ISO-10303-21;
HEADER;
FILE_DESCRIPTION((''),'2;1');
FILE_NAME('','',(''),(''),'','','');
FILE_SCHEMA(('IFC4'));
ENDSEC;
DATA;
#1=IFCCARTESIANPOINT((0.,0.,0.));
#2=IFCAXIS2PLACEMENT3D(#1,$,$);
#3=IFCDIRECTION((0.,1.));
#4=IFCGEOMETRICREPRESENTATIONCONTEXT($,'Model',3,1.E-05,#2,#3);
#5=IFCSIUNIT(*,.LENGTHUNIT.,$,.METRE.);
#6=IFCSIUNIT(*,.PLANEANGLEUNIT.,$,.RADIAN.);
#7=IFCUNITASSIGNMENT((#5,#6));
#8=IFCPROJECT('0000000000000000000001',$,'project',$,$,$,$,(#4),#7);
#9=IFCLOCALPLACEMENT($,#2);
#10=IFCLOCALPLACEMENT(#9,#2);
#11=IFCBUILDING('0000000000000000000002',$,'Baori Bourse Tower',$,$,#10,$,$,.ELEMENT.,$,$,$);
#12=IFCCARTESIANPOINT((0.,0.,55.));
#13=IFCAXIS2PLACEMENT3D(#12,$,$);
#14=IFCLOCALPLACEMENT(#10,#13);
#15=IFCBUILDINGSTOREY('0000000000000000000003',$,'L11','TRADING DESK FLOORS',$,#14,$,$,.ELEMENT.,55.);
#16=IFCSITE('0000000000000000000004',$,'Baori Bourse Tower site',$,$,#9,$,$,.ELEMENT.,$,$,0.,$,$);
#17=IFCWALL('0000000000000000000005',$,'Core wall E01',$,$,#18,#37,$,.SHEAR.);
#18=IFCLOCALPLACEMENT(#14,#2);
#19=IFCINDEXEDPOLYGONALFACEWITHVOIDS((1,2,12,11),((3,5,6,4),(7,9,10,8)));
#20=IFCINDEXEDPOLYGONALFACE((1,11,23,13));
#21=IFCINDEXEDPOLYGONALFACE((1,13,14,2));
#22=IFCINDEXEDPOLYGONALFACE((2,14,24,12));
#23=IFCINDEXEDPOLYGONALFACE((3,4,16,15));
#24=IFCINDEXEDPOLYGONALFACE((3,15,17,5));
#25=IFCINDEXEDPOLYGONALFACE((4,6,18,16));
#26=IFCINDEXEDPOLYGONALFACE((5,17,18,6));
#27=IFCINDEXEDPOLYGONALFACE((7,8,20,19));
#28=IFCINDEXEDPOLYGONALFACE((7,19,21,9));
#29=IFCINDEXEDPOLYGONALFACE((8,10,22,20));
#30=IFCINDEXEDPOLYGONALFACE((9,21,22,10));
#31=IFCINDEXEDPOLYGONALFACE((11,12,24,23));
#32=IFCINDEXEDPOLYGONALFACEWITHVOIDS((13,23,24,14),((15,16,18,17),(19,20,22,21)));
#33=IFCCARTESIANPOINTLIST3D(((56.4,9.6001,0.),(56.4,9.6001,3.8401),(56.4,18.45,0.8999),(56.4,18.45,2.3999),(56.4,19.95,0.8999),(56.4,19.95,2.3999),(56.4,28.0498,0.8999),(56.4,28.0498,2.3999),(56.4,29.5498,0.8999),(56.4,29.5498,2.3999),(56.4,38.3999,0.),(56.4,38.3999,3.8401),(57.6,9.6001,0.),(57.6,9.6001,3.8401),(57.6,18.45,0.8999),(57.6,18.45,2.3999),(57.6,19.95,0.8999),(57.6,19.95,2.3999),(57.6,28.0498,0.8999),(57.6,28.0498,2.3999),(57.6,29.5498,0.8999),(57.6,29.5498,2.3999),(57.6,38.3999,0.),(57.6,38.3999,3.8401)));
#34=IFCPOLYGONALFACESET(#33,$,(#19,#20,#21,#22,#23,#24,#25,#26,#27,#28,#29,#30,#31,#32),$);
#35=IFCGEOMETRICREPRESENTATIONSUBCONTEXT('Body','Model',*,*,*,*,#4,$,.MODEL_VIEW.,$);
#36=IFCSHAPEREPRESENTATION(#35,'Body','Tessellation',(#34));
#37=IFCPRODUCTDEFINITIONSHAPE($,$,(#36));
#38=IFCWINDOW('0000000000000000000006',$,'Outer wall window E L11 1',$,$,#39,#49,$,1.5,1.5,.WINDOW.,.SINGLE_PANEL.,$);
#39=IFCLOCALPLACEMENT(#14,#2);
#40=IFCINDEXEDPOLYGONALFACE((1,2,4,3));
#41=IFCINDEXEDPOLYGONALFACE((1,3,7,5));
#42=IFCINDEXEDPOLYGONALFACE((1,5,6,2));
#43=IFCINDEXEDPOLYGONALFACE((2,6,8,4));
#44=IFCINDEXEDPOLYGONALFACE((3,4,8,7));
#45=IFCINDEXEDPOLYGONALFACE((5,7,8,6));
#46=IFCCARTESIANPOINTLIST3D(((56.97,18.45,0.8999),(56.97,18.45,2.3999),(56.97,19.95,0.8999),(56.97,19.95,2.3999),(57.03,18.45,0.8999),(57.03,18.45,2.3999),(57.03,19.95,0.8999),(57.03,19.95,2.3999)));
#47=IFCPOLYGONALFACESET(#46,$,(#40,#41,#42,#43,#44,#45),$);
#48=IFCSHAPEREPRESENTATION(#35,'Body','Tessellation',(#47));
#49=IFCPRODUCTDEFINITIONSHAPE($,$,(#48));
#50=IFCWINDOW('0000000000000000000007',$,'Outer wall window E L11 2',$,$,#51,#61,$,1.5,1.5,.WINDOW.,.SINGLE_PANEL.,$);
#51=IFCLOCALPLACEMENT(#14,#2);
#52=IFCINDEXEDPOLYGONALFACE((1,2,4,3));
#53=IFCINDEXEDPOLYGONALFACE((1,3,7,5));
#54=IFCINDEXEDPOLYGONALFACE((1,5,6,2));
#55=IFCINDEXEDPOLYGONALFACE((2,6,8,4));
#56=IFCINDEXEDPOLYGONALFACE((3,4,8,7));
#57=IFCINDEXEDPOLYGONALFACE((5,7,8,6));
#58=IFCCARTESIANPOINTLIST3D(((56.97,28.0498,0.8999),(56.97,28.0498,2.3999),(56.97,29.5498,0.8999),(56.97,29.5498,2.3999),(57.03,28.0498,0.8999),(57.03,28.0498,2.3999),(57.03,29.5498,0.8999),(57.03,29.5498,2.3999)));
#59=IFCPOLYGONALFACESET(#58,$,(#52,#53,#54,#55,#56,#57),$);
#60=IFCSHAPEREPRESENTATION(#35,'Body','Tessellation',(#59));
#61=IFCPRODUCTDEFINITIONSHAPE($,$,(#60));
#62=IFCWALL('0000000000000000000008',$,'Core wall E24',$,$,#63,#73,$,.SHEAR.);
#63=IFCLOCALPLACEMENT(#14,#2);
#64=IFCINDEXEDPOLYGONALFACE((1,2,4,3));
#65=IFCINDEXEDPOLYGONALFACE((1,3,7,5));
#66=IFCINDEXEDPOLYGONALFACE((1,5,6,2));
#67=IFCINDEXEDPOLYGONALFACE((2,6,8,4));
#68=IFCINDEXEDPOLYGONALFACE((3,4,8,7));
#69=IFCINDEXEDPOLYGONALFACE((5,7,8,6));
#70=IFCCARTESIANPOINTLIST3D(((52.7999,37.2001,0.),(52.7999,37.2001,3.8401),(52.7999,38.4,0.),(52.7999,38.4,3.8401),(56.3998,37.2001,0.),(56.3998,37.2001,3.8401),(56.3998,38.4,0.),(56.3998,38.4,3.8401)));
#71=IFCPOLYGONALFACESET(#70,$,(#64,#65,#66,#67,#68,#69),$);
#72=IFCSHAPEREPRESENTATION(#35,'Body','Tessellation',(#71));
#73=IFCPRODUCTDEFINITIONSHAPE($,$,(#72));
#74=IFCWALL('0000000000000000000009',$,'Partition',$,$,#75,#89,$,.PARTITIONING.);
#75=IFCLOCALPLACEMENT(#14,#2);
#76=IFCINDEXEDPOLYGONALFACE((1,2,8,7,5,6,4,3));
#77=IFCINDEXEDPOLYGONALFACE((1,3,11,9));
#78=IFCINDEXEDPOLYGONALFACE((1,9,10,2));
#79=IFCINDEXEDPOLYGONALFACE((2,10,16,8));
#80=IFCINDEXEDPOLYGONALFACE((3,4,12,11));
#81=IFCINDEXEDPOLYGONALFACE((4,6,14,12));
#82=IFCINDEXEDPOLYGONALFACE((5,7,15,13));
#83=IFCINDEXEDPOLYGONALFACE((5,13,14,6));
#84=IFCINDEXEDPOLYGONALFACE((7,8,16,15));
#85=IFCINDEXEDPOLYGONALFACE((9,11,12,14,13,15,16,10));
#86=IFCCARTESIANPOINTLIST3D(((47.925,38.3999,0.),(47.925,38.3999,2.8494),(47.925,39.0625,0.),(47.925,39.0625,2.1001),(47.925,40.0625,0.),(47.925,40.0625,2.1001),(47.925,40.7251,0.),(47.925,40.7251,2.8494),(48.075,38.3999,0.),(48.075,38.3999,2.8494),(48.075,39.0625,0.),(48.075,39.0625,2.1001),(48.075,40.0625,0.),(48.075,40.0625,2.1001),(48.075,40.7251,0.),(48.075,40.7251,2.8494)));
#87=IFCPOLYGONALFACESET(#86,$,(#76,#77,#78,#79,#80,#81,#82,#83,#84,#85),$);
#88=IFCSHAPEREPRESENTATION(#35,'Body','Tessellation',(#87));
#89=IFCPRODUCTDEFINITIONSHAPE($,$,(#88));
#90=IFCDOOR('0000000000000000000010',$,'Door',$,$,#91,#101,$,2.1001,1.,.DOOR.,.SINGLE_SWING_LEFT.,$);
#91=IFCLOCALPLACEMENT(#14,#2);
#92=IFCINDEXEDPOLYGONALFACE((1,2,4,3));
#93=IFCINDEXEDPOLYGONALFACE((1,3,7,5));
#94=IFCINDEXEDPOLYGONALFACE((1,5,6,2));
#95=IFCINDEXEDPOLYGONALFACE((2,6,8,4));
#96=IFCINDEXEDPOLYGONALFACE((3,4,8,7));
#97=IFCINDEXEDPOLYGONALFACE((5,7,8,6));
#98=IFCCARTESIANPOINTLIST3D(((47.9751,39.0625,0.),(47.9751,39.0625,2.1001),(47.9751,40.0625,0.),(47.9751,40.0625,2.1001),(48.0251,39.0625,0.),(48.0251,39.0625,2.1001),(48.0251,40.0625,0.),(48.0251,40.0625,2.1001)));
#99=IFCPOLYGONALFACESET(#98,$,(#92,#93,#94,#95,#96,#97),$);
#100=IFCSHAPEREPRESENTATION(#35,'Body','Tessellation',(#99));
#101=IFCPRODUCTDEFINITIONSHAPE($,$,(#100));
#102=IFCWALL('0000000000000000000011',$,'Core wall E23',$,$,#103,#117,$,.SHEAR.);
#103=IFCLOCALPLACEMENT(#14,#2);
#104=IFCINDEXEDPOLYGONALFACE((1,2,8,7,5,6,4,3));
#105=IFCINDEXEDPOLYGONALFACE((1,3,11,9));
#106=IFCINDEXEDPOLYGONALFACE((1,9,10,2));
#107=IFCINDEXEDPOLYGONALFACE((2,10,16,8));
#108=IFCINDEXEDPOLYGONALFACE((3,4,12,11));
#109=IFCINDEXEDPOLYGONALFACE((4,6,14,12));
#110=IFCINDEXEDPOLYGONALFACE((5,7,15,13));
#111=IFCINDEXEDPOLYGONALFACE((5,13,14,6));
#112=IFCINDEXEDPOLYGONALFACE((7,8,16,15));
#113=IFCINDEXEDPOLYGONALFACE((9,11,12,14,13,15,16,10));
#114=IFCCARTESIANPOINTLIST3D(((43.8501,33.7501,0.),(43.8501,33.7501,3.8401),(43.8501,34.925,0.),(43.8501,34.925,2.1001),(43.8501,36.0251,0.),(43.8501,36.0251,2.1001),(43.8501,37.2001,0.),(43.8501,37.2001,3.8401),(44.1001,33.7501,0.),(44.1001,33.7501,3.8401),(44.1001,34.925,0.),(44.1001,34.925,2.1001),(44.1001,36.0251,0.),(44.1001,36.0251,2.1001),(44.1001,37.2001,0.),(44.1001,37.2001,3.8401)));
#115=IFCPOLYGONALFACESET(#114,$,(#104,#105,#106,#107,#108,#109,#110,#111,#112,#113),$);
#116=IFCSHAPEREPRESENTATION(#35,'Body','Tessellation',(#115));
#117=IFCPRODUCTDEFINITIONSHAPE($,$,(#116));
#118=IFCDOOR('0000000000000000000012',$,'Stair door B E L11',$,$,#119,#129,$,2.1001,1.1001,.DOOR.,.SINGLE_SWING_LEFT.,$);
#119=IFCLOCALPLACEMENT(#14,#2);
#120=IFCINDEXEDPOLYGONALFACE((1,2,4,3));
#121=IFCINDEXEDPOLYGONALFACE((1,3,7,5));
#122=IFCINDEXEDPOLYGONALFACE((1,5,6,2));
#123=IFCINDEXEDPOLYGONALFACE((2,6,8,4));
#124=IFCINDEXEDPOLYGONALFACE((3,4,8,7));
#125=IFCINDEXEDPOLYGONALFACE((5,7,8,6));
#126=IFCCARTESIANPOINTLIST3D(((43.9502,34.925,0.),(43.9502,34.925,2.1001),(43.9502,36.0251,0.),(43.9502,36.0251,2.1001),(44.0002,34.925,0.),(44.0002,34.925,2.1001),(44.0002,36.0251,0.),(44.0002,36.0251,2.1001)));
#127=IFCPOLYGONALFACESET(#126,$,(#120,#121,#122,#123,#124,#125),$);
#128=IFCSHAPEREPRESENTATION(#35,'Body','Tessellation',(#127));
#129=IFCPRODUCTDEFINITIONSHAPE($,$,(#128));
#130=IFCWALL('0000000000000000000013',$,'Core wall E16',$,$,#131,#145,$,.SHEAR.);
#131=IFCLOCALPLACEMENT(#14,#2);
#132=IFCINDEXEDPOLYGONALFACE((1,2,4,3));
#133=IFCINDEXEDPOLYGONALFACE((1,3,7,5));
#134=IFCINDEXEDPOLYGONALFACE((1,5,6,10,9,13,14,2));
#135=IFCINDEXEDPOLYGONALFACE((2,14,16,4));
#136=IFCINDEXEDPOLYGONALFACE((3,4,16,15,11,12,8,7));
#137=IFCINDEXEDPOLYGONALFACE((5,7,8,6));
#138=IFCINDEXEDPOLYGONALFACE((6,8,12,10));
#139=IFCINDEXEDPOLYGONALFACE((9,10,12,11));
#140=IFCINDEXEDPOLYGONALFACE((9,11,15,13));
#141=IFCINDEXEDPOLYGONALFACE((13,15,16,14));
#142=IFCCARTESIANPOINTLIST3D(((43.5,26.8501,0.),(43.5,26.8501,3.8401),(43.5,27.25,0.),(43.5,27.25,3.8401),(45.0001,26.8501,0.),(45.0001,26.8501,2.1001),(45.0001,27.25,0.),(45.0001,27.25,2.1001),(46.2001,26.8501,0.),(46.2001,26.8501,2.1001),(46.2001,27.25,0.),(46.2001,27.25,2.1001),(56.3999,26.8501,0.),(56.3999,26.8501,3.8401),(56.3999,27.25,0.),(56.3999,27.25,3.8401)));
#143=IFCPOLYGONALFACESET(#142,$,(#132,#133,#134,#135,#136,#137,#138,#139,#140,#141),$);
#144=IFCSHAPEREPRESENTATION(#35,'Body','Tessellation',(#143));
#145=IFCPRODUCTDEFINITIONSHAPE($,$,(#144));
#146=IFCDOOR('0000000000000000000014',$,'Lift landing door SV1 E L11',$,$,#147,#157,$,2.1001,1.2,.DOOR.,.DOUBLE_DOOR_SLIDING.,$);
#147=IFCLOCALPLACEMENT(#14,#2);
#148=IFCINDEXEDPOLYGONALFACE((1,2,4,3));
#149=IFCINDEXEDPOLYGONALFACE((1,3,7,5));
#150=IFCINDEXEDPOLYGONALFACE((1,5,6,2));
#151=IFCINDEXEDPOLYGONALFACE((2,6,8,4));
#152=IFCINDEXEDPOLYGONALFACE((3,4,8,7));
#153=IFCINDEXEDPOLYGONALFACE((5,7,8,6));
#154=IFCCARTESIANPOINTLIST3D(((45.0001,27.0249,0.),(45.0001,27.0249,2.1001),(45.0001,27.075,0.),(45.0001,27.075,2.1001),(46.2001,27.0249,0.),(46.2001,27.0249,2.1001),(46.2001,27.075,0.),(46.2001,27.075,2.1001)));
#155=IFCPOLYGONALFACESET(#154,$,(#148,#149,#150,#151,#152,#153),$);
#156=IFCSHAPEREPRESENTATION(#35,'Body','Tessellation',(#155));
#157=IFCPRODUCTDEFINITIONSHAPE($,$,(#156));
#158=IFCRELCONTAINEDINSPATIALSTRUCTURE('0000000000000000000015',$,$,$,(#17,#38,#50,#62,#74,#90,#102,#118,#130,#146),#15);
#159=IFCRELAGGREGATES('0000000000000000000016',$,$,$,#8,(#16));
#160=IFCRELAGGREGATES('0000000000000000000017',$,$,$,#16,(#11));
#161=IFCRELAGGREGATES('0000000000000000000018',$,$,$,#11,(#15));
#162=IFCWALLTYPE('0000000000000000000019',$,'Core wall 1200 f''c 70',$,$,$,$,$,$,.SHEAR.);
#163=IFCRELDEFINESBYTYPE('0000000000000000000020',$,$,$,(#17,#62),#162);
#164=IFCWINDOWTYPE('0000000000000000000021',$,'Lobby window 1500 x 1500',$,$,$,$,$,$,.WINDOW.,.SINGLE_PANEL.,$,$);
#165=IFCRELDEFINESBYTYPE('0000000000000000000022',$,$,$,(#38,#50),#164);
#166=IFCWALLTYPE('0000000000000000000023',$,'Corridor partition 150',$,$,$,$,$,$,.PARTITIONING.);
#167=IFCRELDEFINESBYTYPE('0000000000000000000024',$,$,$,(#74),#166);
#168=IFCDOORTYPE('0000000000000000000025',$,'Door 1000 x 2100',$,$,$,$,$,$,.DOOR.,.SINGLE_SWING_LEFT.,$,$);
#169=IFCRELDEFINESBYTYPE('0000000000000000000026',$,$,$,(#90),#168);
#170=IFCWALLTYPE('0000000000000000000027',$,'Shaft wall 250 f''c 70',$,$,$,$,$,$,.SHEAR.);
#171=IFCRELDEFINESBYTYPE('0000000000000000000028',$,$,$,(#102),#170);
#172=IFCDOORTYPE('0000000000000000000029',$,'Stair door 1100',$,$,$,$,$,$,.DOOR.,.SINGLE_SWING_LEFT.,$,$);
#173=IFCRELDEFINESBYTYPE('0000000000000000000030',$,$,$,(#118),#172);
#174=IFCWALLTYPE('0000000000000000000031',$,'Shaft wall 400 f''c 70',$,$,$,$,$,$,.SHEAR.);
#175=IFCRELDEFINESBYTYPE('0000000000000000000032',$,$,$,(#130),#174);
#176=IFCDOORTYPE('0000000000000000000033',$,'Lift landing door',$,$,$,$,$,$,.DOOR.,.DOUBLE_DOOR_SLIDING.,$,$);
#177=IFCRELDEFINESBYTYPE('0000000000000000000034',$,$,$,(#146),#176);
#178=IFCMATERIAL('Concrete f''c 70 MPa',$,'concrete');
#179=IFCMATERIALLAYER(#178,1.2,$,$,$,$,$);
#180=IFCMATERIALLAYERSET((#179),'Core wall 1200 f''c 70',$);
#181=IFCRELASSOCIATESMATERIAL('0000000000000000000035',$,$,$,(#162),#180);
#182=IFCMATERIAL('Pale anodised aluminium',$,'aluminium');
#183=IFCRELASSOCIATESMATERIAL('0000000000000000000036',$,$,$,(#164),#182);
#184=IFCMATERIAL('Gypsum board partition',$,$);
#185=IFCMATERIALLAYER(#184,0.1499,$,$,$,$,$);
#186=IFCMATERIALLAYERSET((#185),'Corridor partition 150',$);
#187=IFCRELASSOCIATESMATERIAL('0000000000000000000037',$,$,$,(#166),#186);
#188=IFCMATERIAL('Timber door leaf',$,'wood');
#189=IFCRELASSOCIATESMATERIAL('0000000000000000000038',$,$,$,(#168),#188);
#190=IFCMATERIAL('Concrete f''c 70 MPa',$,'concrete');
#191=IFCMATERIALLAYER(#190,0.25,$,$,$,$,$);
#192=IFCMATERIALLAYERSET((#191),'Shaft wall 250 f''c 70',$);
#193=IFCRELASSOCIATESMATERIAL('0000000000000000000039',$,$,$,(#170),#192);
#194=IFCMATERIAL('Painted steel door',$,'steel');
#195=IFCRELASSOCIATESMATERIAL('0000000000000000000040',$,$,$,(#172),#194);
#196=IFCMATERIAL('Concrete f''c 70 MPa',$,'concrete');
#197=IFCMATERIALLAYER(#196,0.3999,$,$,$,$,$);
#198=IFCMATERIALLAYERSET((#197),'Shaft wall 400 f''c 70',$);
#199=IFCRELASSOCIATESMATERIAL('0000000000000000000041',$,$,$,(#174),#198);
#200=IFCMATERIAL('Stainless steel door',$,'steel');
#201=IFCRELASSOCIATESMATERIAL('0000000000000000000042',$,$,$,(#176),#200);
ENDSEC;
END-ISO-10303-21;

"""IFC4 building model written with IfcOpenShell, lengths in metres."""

from ifc_helpers import new_model, si_unit, direction, frame, frame_2d, origin, place, context, subcontext, project, spatial, rectangle, extrude, material, layer, layer_set, type_object, element, fill, save


model = new_model("IFC4")

# Units and contexts
model_context = context("Model", 3, precision=1e-05, world=origin(), true_north=direction((0.0, 1.0)))
body_context = subcontext(model_context, "Body", "Model", "MODEL_VIEW")
ifc_project = project(units=[si_unit("LENGTHUNIT", "METRE"), si_unit("PLANEANGLEUNIT", "RADIAN")], contexts=[model_context])

# Site, building, storey
site_placement = place(None, origin())
site = spatial("IfcSite", under=ifc_project, at=site_placement, Name="Baori Bourse Tower site", CompositionType="ELEMENT", RefElevation=0.0)
building_placement = place(site_placement, origin())
building = spatial("IfcBuilding", under=site, at=building_placement, Name="Baori Bourse Tower", CompositionType="ELEMENT")
storey_placement = place(building_placement, frame((0.0, 0.0, 55.0)))
storey = spatial("IfcBuildingStorey", under=building, at=storey_placement, Name="L11", Description="TRADING DESK FLOORS", CompositionType="ELEMENT", Elevation=55.0)

# Wall, openings, windows
ifc_material_1 = material(Name="Concrete f'c 70 MPa", Category="concrete")
ifc_layer_1 = layer(ifc_material_1, 1.2)
ifc_layer_set_1 = layer_set([ifc_layer_1], Name="Core wall 1200 f'c 70")
wall_type_1 = type_object("IfcWallType", Name="Core wall 1200 f'c 70", PredefinedType="SHEAR", material=ifc_layer_set_1)
wall_1_placement = place(storey_placement, frame((57.0, 38.3999, 0.0), z_axis=(0.0, 0.0, 1.0), x_axis=(0.0, -1.0, 0.0)))
wall_1 = element("IfcWall", 1, at=wall_1_placement, inside=storey, type_object=wall_type_1, Name="Core wall E01", PredefinedType="SHEAR", context=body_context, shape_type="SweptSolid", body=[
    extrude(rectangle(XDim=28.7998, YDim=1.2, at=frame_2d((14.3999, 0.0))), origin(), (0.0, 0.0, 1.0), 3.8401),
])
opening_1_placement = place(wall_1_placement, frame((18.45, 0.0, 0.8999)))
opening_1 = element("IfcOpeningElement", 2, at=opening_1_placement, cuts=wall_1, PredefinedType="OPENING", context=body_context, shape_type="SweptSolid", body=[
    extrude(rectangle(XDim=1.5, YDim=1.5, at=frame_2d((0.75, 0.75))), frame((0.0, 0.6099, 0.0), z_axis=(0.0, -1.0, 0.0), x_axis=(1.0, 0.0, 0.0)), (0.0, 0.0, 1.0), 1.22),
])
opening_2_placement = place(wall_1_placement, frame((8.8501, 0.0, 0.8999)))
opening_2 = element("IfcOpeningElement", 3, at=opening_2_placement, cuts=wall_1, PredefinedType="OPENING", context=body_context, shape_type="SweptSolid", body=[
    extrude(rectangle(XDim=1.5, YDim=1.5, at=frame_2d((0.75, 0.75))), frame((0.0, 0.6099, 0.0), z_axis=(0.0, -1.0, 0.0), x_axis=(1.0, 0.0, 0.0)), (0.0, 0.0, 1.0), 1.22),
])
ifc_material_2 = material(Name="Pale anodised aluminium", Category="aluminium")
window_type = type_object("IfcWindowType", Name="Lobby window 1500 x 1500", PartitioningType="SINGLE_PANEL", PredefinedType="WINDOW", material=ifc_material_2)
window_1_placement = place(opening_1_placement, origin())
window_1 = element("IfcWindow", 4, at=window_1_placement, inside=storey, type_object=window_type, Name="Outer wall window E L11 1", OverallHeight=1.5, OverallWidth=1.5, PartitioningType="SINGLE_PANEL", PredefinedType="WINDOW", context=body_context, shape_type="SweptSolid", body=[
    extrude(rectangle(XDim=1.5, YDim=1.5, at=frame_2d((0.75, 0.75))), frame((0.0, 0.03, 0.0), z_axis=(0.0, -1.0, 0.0), x_axis=(1.0, 0.0, 0.0)), (0.0, 0.0, 1.0), 0.0601),
])
fill(opening_1, window_1)
window_2_placement = place(opening_2_placement, origin())
window_2 = element("IfcWindow", 5, at=window_2_placement, inside=storey, type_object=window_type, Name="Outer wall window E L11 2", OverallHeight=1.5, OverallWidth=1.5, PartitioningType="SINGLE_PANEL", PredefinedType="WINDOW", context=body_context, shape_type="SweptSolid", body=[
    extrude(rectangle(XDim=1.5, YDim=1.5, at=frame_2d((0.75, 0.75))), frame((0.0, 0.03, 0.0), z_axis=(0.0, -1.0, 0.0), x_axis=(1.0, 0.0, 0.0)), (0.0, 0.0, 1.0), 0.0601),
])
fill(opening_2, window_2)

# Wall
wall_2_placement = place(storey_placement, frame((52.8, 37.8, 0.0), z_axis=(0.0, 0.0, 1.0), x_axis=(1.0, 0.0, 0.0)))
element("IfcWall", 6, at=wall_2_placement, inside=storey, type_object=wall_type_1, Name="Core wall E24", PredefinedType="SHEAR", context=body_context, shape_type="SweptSolid", body=[
    extrude(rectangle(XDim=3.5999, YDim=1.2, at=frame_2d((1.7998, 0.0))), origin(), (0.0, 0.0, 1.0), 3.8401),
])

# Walls, openings, doors
ifc_material_3 = material(Name="Gypsum board partition")
ifc_layer_2 = layer(ifc_material_3, 0.1499)
ifc_layer_set_2 = layer_set([ifc_layer_2], Name="Corridor partition 150")
wall_type_2 = type_object("IfcWallType", Name="Corridor partition 150", PredefinedType="PARTITIONING", material=ifc_layer_set_2)
wall_3_placement = place(storey_placement, frame((48.0, 38.3999, 0.0), z_axis=(0.0, 0.0, 1.0), x_axis=(0.0, 1.0, 0.0)))
wall_3 = element("IfcWall", 7, at=wall_3_placement, inside=storey, type_object=wall_type_2, Name="Partition", PredefinedType="PARTITIONING", context=body_context, shape_type="SweptSolid", body=[
    extrude(rectangle(XDim=2.3252, YDim=0.1499, at=frame_2d((1.1626, 0.0))), origin(), (0.0, 0.0, 1.0), 2.8494),
])
opening_3_placement = place(wall_3_placement, frame((0.6626, 0.0, 0.0)))
opening_3 = element("IfcOpeningElement", 8, at=opening_3_placement, cuts=wall_3, PredefinedType="OPENING", context=body_context, shape_type="SweptSolid", body=[
    extrude(rectangle(XDim=1.0, YDim=2.1001, at=frame_2d((0.5, 1.05))), frame((0.0, 0.085, 0.0), z_axis=(0.0, -1.0, 0.0), x_axis=(1.0, 0.0, 0.0)), (0.0, 0.0, 1.0), 0.1699),
])
ifc_material_4 = material(Name="Timber door leaf", Category="wood")
door_type_1 = type_object("IfcDoorType", Name="Door 1000 x 2100", OperationType="SINGLE_SWING_LEFT", PredefinedType="DOOR", material=ifc_material_4)
door_1_placement = place(opening_3_placement, origin())
door_1 = element("IfcDoor", 9, at=door_1_placement, inside=storey, type_object=door_type_1, Name="Door", OperationType="SINGLE_SWING_LEFT", OverallHeight=2.1001, OverallWidth=1.0, PredefinedType="DOOR", context=body_context, shape_type="SweptSolid", body=[
    extrude(rectangle(XDim=1.0, YDim=2.1001, at=frame_2d((0.5, 1.05))), frame((0.0, 0.0249, 0.0), z_axis=(0.0, -1.0, 0.0), x_axis=(1.0, 0.0, 0.0)), (0.0, 0.0, 1.0), 0.05),
])
fill(opening_3, door_1)
ifc_material_5 = material(Name="Concrete f'c 70 MPa", Category="concrete")
ifc_layer_3 = layer(ifc_material_5, 0.25)
ifc_layer_set_3 = layer_set([ifc_layer_3], Name="Shaft wall 250 f'c 70")
wall_type_3 = type_object("IfcWallType", Name="Shaft wall 250 f'c 70", PredefinedType="SHEAR", material=ifc_layer_set_3)
wall_4_placement = place(storey_placement, frame((43.9751, 33.75, 0.0), z_axis=(0.0, 0.0, 1.0), x_axis=(0.0, 1.0, 0.0)))
wall_4 = element("IfcWall", 10, at=wall_4_placement, inside=storey, type_object=wall_type_3, Name="Core wall E23", PredefinedType="SHEAR", context=body_context, shape_type="SweptSolid", body=[
    extrude(rectangle(XDim=3.45, YDim=0.25, at=frame_2d((1.7251, 0.0))), origin(), (0.0, 0.0, 1.0), 3.8401),
])
opening_4_placement = place(wall_4_placement, frame((1.175, 0.0, 0.0)))
opening_4 = element("IfcOpeningElement", 11, at=opening_4_placement, cuts=wall_4, PredefinedType="OPENING", context=body_context, shape_type="SweptSolid", body=[
    extrude(rectangle(XDim=1.1001, YDim=2.1001, at=frame_2d((0.55, 1.05))), frame((0.0, 0.135, 0.0), z_axis=(0.0, -1.0, 0.0), x_axis=(1.0, 0.0, 0.0)), (0.0, 0.0, 1.0), 0.27),
])
ifc_material_6 = material(Name="Painted steel door", Category="steel")
door_type_2 = type_object("IfcDoorType", Name="Stair door 1100", OperationType="SINGLE_SWING_LEFT", PredefinedType="DOOR", material=ifc_material_6)
door_2_placement = place(opening_4_placement, origin())
door_2 = element("IfcDoor", 12, at=door_2_placement, inside=storey, type_object=door_type_2, Name="Stair door B E L11", OperationType="SINGLE_SWING_LEFT", OverallHeight=2.1001, OverallWidth=1.1001, PredefinedType="DOOR", context=body_context, shape_type="SweptSolid", body=[
    extrude(rectangle(XDim=1.1001, YDim=2.1001, at=frame_2d((0.55, 1.05))), frame((0.0, 0.0249, 0.0), z_axis=(0.0, -1.0, 0.0), x_axis=(1.0, 0.0, 0.0)), (0.0, 0.0, 1.0), 0.05),
])
fill(opening_4, door_2)
ifc_material_7 = material(Name="Concrete f'c 70 MPa", Category="concrete")
ifc_layer_4 = layer(ifc_material_7, 0.3999)
ifc_layer_set_4 = layer_set([ifc_layer_4], Name="Shaft wall 400 f'c 70")
wall_type_4 = type_object("IfcWallType", Name="Shaft wall 400 f'c 70", PredefinedType="SHEAR", material=ifc_layer_set_4)
wall_5_placement = place(storey_placement, frame((43.5, 27.05, 0.0), z_axis=(0.0, 0.0, 1.0), x_axis=(1.0, 0.0, 0.0)))
wall_5 = element("IfcWall", 13, at=wall_5_placement, inside=storey, type_object=wall_type_4, Name="Core wall E16", PredefinedType="SHEAR", context=body_context, shape_type="SweptSolid", body=[
    extrude(rectangle(XDim=12.8999, YDim=0.3999, at=frame_2d((6.45, 0.0))), origin(), (0.0, 0.0, 1.0), 3.8401),
])
opening_5_placement = place(wall_5_placement, frame((1.5, 0.0, 0.0)))
opening_5 = element("IfcOpeningElement", 14, at=opening_5_placement, cuts=wall_5, PredefinedType="OPENING", context=body_context, shape_type="SweptSolid", body=[
    extrude(rectangle(XDim=1.2, YDim=2.1001, at=frame_2d((0.6001, 1.05))), frame((0.0, 0.21, 0.0), z_axis=(0.0, -1.0, 0.0), x_axis=(1.0, 0.0, 0.0)), (0.0, 0.0, 1.0), 0.4199),
])
ifc_material_8 = material(Name="Stainless steel door", Category="steel")
door_type_3 = type_object("IfcDoorType", Name="Lift landing door", OperationType="DOUBLE_DOOR_SLIDING", PredefinedType="DOOR", material=ifc_material_8)
door_3_placement = place(opening_5_placement, origin())
door_3 = element("IfcDoor", 15, at=door_3_placement, inside=storey, type_object=door_type_3, Name="Lift landing door SV1 E L11", OperationType="DOUBLE_DOOR_SLIDING", OverallHeight=2.1001, OverallWidth=1.2, PredefinedType="DOOR", context=body_context, shape_type="SweptSolid", body=[
    extrude(rectangle(XDim=1.2, YDim=2.1001, at=frame_2d((0.6001, 1.05))), frame((0.0, 0.0249, 0.0), z_axis=(0.0, -1.0, 0.0), x_axis=(1.0, 0.0, 0.0)), (0.0, 0.0, 1.0), 0.05),
])
fill(opening_5, door_3)

save(model, "model.ifc")
